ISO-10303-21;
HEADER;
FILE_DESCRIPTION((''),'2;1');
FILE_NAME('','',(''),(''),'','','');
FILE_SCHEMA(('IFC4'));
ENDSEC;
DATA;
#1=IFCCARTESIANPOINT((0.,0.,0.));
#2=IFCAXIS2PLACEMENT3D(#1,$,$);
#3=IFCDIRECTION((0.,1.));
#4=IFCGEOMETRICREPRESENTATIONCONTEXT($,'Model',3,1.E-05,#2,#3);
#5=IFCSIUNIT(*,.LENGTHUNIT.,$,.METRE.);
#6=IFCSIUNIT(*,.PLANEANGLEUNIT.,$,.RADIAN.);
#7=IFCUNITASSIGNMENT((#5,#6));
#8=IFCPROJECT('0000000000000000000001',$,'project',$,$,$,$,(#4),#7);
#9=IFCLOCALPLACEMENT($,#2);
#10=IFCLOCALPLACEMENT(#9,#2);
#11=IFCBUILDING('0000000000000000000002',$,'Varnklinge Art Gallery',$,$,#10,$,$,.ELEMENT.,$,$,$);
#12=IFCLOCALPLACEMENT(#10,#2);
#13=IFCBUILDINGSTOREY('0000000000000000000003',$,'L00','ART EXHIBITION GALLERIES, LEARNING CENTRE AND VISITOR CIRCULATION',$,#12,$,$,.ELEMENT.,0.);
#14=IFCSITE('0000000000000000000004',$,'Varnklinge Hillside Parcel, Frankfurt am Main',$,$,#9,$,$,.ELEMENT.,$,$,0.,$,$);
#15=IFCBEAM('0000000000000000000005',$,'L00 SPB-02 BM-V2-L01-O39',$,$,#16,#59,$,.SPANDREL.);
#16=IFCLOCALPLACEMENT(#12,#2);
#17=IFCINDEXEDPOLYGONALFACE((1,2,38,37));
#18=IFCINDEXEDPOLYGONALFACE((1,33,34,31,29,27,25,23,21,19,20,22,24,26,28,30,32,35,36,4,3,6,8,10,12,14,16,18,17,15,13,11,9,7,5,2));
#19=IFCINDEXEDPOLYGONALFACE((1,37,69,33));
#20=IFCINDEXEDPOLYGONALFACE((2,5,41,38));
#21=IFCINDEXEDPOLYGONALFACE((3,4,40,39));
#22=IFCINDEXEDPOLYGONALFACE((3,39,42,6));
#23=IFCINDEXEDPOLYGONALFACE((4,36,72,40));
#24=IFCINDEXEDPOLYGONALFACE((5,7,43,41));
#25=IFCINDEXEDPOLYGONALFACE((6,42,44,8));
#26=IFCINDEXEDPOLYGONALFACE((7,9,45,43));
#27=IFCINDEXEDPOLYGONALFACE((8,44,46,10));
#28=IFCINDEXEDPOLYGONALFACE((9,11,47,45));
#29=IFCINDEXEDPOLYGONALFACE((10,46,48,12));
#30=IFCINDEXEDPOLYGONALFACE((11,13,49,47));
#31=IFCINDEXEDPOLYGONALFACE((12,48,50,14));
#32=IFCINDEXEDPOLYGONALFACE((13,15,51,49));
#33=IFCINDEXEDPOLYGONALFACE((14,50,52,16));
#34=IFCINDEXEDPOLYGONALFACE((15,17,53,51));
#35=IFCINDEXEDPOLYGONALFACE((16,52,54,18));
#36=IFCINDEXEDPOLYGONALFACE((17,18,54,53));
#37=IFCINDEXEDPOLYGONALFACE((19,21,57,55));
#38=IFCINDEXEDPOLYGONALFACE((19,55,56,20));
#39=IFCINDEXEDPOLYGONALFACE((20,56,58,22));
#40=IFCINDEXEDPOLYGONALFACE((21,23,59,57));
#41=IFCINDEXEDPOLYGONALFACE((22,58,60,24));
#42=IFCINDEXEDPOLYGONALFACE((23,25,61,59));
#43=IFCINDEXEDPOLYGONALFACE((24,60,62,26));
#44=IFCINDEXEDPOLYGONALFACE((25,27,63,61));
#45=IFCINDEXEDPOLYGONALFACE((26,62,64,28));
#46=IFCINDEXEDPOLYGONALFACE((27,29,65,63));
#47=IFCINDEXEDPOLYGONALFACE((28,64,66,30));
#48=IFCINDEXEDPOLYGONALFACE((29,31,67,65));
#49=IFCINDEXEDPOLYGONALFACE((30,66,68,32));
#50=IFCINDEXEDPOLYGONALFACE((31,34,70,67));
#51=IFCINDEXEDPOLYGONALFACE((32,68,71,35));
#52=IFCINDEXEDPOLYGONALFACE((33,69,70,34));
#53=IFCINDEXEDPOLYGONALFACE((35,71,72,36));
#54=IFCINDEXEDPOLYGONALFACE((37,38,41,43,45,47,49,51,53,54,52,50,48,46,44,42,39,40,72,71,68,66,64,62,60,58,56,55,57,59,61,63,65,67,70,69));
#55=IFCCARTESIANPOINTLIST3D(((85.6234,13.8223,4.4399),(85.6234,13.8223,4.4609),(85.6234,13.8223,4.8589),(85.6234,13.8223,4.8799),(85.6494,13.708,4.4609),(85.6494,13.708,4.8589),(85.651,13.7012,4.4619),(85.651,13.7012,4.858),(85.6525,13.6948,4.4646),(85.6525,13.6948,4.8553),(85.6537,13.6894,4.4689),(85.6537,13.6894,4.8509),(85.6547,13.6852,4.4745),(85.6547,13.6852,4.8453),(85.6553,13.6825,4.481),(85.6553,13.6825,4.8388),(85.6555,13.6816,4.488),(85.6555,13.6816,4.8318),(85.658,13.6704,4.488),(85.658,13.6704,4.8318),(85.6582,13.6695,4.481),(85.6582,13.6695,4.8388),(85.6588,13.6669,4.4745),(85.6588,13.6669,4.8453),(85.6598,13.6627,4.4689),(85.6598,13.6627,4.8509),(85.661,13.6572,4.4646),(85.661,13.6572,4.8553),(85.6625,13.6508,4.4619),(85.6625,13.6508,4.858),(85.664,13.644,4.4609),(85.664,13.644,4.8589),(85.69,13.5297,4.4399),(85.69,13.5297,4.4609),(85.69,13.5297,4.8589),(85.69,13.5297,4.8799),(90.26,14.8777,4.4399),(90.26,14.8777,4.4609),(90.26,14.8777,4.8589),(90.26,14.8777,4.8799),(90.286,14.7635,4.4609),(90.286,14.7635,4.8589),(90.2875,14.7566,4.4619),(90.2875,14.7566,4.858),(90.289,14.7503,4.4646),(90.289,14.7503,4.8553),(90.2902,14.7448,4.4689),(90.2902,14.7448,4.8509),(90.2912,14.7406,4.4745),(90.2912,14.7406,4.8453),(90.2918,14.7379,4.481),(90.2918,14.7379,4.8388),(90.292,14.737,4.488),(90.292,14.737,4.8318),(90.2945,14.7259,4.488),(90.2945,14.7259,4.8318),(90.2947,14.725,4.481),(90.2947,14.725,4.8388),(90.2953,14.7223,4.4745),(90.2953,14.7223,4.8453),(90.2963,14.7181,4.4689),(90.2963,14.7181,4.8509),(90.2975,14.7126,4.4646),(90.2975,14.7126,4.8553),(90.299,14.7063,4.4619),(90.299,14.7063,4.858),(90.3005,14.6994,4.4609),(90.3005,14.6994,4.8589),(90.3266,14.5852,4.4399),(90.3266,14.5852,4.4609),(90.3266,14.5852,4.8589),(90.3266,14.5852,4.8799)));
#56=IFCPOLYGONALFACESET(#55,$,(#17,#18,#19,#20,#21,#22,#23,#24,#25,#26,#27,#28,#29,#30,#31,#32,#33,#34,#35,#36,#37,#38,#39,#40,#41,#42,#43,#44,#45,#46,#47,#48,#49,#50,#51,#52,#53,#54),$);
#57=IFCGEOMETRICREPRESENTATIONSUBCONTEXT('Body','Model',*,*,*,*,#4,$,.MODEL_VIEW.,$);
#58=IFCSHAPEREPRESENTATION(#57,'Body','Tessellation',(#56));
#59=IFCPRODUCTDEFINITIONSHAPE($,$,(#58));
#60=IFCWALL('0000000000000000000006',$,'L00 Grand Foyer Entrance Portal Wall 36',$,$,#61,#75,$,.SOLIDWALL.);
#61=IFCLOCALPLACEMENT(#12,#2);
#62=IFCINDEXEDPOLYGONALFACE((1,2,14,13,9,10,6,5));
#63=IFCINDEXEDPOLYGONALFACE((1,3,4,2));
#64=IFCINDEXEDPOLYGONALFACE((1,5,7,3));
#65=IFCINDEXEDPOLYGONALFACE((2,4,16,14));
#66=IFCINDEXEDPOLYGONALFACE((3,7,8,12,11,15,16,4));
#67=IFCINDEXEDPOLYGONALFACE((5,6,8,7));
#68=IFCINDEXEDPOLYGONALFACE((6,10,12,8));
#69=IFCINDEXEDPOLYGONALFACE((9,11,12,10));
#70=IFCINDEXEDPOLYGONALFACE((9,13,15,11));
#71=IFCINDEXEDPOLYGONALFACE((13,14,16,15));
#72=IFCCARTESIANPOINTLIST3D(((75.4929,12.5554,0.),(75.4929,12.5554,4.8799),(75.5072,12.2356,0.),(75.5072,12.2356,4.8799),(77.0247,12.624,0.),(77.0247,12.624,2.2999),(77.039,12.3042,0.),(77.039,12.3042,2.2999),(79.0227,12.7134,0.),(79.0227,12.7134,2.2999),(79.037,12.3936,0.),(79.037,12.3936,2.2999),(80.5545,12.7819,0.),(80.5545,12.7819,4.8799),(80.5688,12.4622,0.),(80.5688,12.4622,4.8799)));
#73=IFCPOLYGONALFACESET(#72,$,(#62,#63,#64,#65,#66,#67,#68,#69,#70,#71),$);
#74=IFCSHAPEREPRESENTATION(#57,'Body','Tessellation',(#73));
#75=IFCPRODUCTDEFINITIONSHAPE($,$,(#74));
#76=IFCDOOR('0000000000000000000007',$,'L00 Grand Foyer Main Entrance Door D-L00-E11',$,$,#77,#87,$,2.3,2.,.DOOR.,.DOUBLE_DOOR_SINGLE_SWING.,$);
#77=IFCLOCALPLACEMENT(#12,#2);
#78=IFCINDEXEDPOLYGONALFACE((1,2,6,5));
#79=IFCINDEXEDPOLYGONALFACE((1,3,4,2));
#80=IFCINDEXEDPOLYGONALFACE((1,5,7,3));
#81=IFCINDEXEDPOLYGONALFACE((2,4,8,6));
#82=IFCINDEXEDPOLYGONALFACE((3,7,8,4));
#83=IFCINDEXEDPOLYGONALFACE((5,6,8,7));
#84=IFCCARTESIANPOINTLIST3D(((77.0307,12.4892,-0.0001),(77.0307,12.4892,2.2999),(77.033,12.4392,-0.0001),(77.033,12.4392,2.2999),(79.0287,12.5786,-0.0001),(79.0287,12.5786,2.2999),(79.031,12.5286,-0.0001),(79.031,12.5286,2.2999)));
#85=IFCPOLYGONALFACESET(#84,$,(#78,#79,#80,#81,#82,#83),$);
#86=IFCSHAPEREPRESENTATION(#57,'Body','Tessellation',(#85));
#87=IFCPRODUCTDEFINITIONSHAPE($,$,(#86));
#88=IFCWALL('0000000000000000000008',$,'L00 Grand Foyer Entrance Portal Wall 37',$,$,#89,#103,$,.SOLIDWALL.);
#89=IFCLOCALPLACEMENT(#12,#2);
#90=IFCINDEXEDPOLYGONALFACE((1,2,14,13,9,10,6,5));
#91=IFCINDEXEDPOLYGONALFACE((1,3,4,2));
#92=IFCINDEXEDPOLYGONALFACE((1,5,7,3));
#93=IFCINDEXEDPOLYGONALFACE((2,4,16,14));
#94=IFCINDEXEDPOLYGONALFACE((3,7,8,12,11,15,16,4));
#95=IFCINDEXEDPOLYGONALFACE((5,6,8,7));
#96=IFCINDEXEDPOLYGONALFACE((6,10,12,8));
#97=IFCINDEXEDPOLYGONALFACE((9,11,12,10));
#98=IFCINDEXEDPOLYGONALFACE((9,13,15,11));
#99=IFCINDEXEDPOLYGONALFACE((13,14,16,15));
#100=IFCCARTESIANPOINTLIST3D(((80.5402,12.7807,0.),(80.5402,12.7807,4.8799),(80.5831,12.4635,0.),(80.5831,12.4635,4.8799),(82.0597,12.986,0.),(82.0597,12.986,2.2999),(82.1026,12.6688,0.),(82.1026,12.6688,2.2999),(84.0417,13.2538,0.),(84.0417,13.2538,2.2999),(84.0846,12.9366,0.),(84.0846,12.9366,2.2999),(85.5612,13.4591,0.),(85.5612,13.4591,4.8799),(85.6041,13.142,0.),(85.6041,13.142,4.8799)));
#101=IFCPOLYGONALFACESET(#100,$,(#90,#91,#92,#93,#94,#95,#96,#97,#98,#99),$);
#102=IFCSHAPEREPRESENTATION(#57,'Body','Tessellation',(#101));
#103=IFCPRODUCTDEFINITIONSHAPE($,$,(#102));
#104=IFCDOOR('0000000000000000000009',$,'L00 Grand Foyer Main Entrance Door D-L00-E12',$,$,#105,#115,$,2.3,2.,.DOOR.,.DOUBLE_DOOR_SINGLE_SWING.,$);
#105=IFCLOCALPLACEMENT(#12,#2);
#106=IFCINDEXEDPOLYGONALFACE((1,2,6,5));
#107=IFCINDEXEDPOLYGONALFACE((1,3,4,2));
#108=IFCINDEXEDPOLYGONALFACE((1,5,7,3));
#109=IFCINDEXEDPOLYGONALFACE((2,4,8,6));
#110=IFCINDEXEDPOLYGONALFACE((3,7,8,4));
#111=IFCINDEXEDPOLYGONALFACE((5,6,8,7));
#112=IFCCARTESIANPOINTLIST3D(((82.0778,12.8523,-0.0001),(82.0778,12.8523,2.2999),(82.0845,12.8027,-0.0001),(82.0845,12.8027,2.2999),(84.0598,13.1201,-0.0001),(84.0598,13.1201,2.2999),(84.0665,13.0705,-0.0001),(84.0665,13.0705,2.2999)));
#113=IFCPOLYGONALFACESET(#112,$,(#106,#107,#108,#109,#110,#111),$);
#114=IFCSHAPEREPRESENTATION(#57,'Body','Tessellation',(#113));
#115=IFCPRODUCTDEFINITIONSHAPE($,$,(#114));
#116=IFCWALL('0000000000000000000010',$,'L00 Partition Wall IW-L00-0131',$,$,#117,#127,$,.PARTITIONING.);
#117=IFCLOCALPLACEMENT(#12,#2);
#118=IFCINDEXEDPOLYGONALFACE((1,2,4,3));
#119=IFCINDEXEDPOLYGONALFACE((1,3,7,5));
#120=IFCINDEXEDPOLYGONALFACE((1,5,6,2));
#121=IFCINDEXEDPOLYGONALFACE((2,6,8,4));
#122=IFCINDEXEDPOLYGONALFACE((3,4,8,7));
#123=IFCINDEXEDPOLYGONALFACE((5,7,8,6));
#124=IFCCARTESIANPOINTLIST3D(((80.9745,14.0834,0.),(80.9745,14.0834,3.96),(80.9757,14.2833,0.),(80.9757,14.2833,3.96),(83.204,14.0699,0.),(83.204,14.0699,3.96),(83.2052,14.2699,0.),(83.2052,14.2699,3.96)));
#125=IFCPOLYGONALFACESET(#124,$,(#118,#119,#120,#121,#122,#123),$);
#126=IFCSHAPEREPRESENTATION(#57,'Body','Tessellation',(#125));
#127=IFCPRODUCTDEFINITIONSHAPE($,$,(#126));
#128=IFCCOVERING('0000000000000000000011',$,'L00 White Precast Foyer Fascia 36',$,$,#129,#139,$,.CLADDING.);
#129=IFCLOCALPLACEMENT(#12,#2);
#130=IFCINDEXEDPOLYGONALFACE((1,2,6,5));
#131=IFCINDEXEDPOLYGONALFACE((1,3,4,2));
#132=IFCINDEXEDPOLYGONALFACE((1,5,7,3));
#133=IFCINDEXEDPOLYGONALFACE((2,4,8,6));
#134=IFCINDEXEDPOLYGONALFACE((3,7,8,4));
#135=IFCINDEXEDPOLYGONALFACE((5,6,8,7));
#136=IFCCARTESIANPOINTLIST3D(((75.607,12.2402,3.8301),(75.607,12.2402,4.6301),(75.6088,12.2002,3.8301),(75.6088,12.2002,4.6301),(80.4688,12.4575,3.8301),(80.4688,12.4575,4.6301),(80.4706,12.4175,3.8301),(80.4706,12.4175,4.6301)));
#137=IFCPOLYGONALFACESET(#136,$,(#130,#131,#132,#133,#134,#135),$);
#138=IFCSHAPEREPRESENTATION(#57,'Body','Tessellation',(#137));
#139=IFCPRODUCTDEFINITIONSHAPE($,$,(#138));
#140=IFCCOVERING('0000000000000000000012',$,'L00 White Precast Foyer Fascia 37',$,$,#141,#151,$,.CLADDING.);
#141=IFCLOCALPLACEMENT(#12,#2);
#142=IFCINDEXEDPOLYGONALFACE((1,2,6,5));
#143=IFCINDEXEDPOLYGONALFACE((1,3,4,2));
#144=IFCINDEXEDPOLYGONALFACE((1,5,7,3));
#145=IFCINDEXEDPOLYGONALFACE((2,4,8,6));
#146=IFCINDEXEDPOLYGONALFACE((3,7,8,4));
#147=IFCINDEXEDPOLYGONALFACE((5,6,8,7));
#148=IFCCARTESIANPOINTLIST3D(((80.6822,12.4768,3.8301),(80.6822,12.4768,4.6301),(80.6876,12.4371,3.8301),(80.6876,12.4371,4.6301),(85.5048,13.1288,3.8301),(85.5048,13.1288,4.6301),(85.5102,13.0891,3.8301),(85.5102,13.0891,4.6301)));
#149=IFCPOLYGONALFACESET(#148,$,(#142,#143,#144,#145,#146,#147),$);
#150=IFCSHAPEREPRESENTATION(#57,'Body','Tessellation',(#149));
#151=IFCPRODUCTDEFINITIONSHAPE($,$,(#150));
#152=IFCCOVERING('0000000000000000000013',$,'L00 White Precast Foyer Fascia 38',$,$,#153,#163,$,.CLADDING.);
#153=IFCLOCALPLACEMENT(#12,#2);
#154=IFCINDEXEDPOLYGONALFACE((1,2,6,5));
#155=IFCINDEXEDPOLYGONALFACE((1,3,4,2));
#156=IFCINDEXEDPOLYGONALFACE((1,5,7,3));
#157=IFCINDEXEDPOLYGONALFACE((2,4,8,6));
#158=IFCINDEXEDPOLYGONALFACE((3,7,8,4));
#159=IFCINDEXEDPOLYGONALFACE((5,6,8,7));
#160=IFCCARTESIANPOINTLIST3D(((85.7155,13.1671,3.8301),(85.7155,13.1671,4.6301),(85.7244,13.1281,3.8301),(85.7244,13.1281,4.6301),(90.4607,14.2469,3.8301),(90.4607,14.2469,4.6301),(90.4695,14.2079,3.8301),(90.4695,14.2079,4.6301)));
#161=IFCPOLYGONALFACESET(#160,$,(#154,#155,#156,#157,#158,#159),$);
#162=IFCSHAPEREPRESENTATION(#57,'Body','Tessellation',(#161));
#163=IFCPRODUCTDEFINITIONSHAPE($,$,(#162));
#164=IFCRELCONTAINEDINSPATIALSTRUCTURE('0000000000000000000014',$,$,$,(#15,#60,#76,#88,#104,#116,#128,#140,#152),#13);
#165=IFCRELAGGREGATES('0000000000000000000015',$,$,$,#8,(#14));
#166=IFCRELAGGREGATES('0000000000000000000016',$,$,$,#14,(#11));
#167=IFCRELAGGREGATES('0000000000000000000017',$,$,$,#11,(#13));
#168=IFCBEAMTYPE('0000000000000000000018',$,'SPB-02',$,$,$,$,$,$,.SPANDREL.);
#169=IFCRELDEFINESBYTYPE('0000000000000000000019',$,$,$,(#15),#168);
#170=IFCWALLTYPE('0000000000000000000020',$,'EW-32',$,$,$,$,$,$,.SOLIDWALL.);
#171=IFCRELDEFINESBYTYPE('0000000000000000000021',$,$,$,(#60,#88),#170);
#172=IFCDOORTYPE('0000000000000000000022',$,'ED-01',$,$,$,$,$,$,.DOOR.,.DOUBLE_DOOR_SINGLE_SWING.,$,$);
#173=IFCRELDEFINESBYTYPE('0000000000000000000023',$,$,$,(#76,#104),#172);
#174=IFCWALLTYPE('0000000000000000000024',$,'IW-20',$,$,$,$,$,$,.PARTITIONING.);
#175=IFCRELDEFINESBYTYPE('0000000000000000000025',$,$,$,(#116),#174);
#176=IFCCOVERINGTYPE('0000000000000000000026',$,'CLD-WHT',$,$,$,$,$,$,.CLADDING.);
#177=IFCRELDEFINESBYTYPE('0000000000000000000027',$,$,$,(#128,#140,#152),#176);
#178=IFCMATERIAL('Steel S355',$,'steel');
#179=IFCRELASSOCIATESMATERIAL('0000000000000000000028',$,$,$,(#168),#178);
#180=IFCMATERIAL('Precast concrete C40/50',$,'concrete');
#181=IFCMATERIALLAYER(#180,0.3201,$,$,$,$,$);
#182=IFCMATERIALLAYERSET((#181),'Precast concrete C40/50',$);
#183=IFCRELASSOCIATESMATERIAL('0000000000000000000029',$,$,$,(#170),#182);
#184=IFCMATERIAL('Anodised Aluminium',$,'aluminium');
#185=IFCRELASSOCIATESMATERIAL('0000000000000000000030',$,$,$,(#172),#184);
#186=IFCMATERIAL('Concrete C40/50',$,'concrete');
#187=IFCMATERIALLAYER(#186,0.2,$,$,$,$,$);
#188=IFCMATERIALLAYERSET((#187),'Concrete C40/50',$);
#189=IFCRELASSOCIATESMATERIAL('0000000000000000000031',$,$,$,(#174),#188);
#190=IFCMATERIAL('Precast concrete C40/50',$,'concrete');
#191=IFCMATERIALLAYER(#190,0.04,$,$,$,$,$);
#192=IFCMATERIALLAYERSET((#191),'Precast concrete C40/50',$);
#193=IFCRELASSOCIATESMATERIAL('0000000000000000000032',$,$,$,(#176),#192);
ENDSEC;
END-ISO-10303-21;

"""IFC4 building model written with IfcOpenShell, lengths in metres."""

from ifc_helpers import new_model, si_unit, direction, frame, frame_2d, origin, origin_2d, place, context, subcontext, project, spatial, rectangle, i_section, extrude, material, layer, layer_set, material_profile, profile_set, type_object, element, fill, save


model = new_model("IFC4")

# Units and contexts
model_context = context("Model", 3, precision=1e-05, world=origin(), true_north=direction((0.0, 1.0)))
body_context = subcontext(model_context, "Body", "Model", "MODEL_VIEW")
ifc_project = project(units=[si_unit("LENGTHUNIT", "METRE"), si_unit("PLANEANGLEUNIT", "RADIAN")], contexts=[model_context])

# Site, building, storey
site_placement = place(None, origin())
site = spatial("IfcSite", under=ifc_project, at=site_placement, Name="Varnklinge Hillside Parcel, Frankfurt am Main", CompositionType="ELEMENT", RefElevation=0.0)
building_placement = place(site_placement, origin())
building = spatial("IfcBuilding", under=site, at=building_placement, Name="Varnklinge Art Gallery", CompositionType="ELEMENT")
storey_placement = place(building_placement, origin())
storey = spatial("IfcBuildingStorey", under=building, at=storey_placement, Name="L00", Description="ART EXHIBITION GALLERIES, LEARNING CENTRE AND VISITOR CIRCULATION", CompositionType="ELEMENT", Elevation=0.0)

# Beam
ifc_material_1 = material(Name="Steel S355", Category="steel")
ifc_material_profile_1 = material_profile(ifc_material_1, i_section(OverallWidth=0.3, OverallDepth=0.4399, WebThickness=0.0115, FlangeThickness=0.021, FilletRadius=0.0271, at=origin_2d()), Name="HEA 450")
ifc_profile_set_1 = profile_set([ifc_material_profile_1], Name="Steel S355")
beam_type_1 = type_object("IfcBeamType", Name="SPB-02", PredefinedType="SPANDREL", material=ifc_profile_set_1)
beam_1_placement = place(storey_placement, frame((85.6567, 13.676, 4.6599), z_axis=(0.975057, 0.221956, 0.0), x_axis=(-0.221956, 0.975057, 0.0)))
element("IfcBeam", 1, at=beam_1_placement, inside=storey, type_object=beam_type_1, Name="L00 SPB-02 BM-V2-L01-O39", PredefinedType="SPANDREL", context=body_context, shape_type="SweptSolid", body=[
    extrude(i_section(OverallWidth=0.3, OverallDepth=0.4399, WebThickness=0.0115, FlangeThickness=0.021, FilletRadius=0.0271, at=origin_2d()), origin(), (0.0, 0.0, 1.0), 4.7551),
])

# Walls, openings, doors
ifc_material_2 = material(Name="Precast concrete C40/50", Category="concrete")
ifc_layer_1 = layer(ifc_material_2, 0.3201)
ifc_layer_set_1 = layer_set([ifc_layer_1], Name="Precast concrete C40/50")
wall_type_1 = type_object("IfcWallType", Name="EW-32", PredefinedType="SOLIDWALL", material=ifc_layer_set_1)
wall_1_placement = place(storey_placement, frame((80.5615, 12.6221, 0.0), z_axis=(0.0, 0.0, 1.0), x_axis=(-0.999, -0.044717, 0.0)))
wall_1 = element("IfcWall", 2, at=wall_1_placement, inside=storey, type_object=wall_type_1, Name="L00 Grand Foyer Entrance Portal Wall 36", PredefinedType="SOLIDWALL", context=body_context, shape_type="SweptSolid", body=[
    extrude(rectangle(XDim=5.0667, YDim=0.3201, at=frame_2d((2.5332, 0.0))), origin(), (0.0, 0.0, 1.0), 4.8799),
])
opening_1_placement = place(wall_1_placement, frame((1.5332, 0.0, 0.0)))
opening_1 = element("IfcOpeningElement", 3, at=opening_1_placement, cuts=wall_1, PredefinedType="OPENING", context=body_context, shape_type="SweptSolid", body=[
    extrude(rectangle(XDim=2.0, YDim=2.3, at=frame_2d((1.0, 1.1499))), frame((0.0, 0.1702, 0.0), z_axis=(0.0, -1.0, 0.0), x_axis=(1.0, 0.0, 0.0)), (0.0, 0.0, 1.0), 0.3401),
])
ifc_material_3 = material(Name="Anodised Aluminium", Category="aluminium")
door_type = type_object("IfcDoorType", Name="ED-01", OperationType="DOUBLE_DOOR_SINGLE_SWING", PredefinedType="DOOR", material=ifc_material_3)
door_1_placement = place(opening_1_placement, origin())
door_1 = element("IfcDoor", 4, at=door_1_placement, inside=storey, type_object=door_type, Name="L00 Grand Foyer Main Entrance Door D-L00-E11", OperationType="DOUBLE_DOOR_SINGLE_SWING", OverallHeight=2.3, OverallWidth=2.0, PredefinedType="DOOR", context=body_context, shape_type="SweptSolid", body=[
    extrude(rectangle(XDim=2.0, YDim=2.3, at=frame_2d((1.0, 1.1499))), frame((0.0, 0.0249, 0.0), z_axis=(0.0, -1.0, 0.0), x_axis=(1.0, 0.0, 0.0)), (0.0, 0.0, 1.0), 0.05),
])
fill(opening_1, door_1)
wall_2_placement = place(storey_placement, frame((85.5825, 13.3005, 0.0), z_axis=(0.0, 0.0, 1.0), x_axis=(-0.990994, -0.133909, 0.0)))
wall_2 = element("IfcWall", 5, at=wall_2_placement, inside=storey, type_object=wall_type_1, Name="L00 Grand Foyer Entrance Portal Wall 37", PredefinedType="SOLIDWALL", context=body_context, shape_type="SweptSolid", body=[
    extrude(rectangle(XDim=5.0667, YDim=0.3201, at=frame_2d((2.5332, 0.0))), origin(), (0.0, 0.0, 1.0), 4.8799),
])
opening_2_placement = place(wall_2_placement, frame((1.5332, 0.0, 0.0)))
opening_2 = element("IfcOpeningElement", 6, at=opening_2_placement, cuts=wall_2, PredefinedType="OPENING", context=body_context, shape_type="SweptSolid", body=[
    extrude(rectangle(XDim=2.0, YDim=2.3, at=frame_2d((1.0, 1.1499))), frame((0.0, 0.1702, 0.0), z_axis=(0.0, -1.0, 0.0), x_axis=(1.0, 0.0, 0.0)), (0.0, 0.0, 1.0), 0.3401),
])
door_2_placement = place(opening_2_placement, origin())
door_2 = element("IfcDoor", 7, at=door_2_placement, inside=storey, type_object=door_type, Name="L00 Grand Foyer Main Entrance Door D-L00-E12", OperationType="DOUBLE_DOOR_SINGLE_SWING", OverallHeight=2.3, OverallWidth=2.0, PredefinedType="DOOR", context=body_context, shape_type="SweptSolid", body=[
    extrude(rectangle(XDim=2.0, YDim=2.3, at=frame_2d((1.0, 1.1499))), frame((0.0, 0.0249, 0.0), z_axis=(0.0, -1.0, 0.0), x_axis=(1.0, 0.0, 0.0)), (0.0, 0.0, 1.0), 0.05),
])
fill(opening_2, door_2)

# Wall
ifc_material_4 = material(Name="Concrete C40/50", Category="concrete")
ifc_layer_2 = layer(ifc_material_4, 0.2)
ifc_layer_set_2 = layer_set([ifc_layer_2], Name="Concrete C40/50")
wall_type_2 = type_object("IfcWallType", Name="IW-20", PredefinedType="PARTITIONING", material=ifc_layer_set_2)
wall_3_placement = place(storey_placement, frame((83.2046, 14.1699, 0.0), z_axis=(0.0, 0.0, 1.0), x_axis=(-0.999982, 0.006023, 0.0)))
element("IfcWall", 8, at=wall_3_placement, inside=storey, type_object=wall_type_2, Name="L00 Partition Wall IW-L00-0131", PredefinedType="PARTITIONING", context=body_context, shape_type="SweptSolid", body=[
    extrude(rectangle(XDim=2.2295, YDim=0.2, at=frame_2d((1.1147, 0.0))), origin(), (0.0, 0.0, 1.0), 3.96),
])

# Coverings
ifc_material_5 = material(Name="Precast concrete C40/50", Category="concrete")
ifc_layer_3 = layer(ifc_material_5, 0.04)
ifc_layer_set_3 = layer_set([ifc_layer_3], Name="Precast concrete C40/50")
covering_type = type_object("IfcCoveringType", Name="CLD-WHT", PredefinedType="CLADDING", material=ifc_layer_set_3)
covering_placement = place(storey_placement, frame((78.0388, 12.3289, 3.8301), z_axis=(0.0, 0.0, 1.0), x_axis=(0.999002, 0.044666, 0.0)))
element("IfcCovering", 9, at=covering_placement, inside=storey, type_object=covering_type, Name="L00 White Precast Foyer Fascia 36", PredefinedType="CLADDING", context=body_context, shape_type="SweptSolid", body=[
    extrude(rectangle(XDim=4.8667, YDim=0.04, at=origin_2d()), origin(), (0.0, 0.0, 1.0), 0.8),
])
for number, where, z_axis, x_axis, name in (
    (10, (83.0962, 12.783, 3.8301), (0.0, 0.0, 1.0), (0.990983, 0.133986, 0.0), "L00 White Precast Foyer Fascia 37"),
    (11, (88.0925, 13.6875, 3.8301), (0.0, 0.0, 1.0), (0.975072, 0.221889, 0.0), "L00 White Precast Foyer Fascia 38"),
):
    element("IfcCovering", number, at=place(storey_placement, frame(where, z_axis=z_axis, x_axis=x_axis)), inside=storey, type_object=covering_type, Name=name, PredefinedType="CLADDING", context=body_context, shape_type="SweptSolid", body=[
        extrude(rectangle(XDim=4.8665, YDim=0.04, at=origin_2d()), origin(), (0.0, 0.0, 1.0), 0.8),
    ])

save(model, "model.ifc")
